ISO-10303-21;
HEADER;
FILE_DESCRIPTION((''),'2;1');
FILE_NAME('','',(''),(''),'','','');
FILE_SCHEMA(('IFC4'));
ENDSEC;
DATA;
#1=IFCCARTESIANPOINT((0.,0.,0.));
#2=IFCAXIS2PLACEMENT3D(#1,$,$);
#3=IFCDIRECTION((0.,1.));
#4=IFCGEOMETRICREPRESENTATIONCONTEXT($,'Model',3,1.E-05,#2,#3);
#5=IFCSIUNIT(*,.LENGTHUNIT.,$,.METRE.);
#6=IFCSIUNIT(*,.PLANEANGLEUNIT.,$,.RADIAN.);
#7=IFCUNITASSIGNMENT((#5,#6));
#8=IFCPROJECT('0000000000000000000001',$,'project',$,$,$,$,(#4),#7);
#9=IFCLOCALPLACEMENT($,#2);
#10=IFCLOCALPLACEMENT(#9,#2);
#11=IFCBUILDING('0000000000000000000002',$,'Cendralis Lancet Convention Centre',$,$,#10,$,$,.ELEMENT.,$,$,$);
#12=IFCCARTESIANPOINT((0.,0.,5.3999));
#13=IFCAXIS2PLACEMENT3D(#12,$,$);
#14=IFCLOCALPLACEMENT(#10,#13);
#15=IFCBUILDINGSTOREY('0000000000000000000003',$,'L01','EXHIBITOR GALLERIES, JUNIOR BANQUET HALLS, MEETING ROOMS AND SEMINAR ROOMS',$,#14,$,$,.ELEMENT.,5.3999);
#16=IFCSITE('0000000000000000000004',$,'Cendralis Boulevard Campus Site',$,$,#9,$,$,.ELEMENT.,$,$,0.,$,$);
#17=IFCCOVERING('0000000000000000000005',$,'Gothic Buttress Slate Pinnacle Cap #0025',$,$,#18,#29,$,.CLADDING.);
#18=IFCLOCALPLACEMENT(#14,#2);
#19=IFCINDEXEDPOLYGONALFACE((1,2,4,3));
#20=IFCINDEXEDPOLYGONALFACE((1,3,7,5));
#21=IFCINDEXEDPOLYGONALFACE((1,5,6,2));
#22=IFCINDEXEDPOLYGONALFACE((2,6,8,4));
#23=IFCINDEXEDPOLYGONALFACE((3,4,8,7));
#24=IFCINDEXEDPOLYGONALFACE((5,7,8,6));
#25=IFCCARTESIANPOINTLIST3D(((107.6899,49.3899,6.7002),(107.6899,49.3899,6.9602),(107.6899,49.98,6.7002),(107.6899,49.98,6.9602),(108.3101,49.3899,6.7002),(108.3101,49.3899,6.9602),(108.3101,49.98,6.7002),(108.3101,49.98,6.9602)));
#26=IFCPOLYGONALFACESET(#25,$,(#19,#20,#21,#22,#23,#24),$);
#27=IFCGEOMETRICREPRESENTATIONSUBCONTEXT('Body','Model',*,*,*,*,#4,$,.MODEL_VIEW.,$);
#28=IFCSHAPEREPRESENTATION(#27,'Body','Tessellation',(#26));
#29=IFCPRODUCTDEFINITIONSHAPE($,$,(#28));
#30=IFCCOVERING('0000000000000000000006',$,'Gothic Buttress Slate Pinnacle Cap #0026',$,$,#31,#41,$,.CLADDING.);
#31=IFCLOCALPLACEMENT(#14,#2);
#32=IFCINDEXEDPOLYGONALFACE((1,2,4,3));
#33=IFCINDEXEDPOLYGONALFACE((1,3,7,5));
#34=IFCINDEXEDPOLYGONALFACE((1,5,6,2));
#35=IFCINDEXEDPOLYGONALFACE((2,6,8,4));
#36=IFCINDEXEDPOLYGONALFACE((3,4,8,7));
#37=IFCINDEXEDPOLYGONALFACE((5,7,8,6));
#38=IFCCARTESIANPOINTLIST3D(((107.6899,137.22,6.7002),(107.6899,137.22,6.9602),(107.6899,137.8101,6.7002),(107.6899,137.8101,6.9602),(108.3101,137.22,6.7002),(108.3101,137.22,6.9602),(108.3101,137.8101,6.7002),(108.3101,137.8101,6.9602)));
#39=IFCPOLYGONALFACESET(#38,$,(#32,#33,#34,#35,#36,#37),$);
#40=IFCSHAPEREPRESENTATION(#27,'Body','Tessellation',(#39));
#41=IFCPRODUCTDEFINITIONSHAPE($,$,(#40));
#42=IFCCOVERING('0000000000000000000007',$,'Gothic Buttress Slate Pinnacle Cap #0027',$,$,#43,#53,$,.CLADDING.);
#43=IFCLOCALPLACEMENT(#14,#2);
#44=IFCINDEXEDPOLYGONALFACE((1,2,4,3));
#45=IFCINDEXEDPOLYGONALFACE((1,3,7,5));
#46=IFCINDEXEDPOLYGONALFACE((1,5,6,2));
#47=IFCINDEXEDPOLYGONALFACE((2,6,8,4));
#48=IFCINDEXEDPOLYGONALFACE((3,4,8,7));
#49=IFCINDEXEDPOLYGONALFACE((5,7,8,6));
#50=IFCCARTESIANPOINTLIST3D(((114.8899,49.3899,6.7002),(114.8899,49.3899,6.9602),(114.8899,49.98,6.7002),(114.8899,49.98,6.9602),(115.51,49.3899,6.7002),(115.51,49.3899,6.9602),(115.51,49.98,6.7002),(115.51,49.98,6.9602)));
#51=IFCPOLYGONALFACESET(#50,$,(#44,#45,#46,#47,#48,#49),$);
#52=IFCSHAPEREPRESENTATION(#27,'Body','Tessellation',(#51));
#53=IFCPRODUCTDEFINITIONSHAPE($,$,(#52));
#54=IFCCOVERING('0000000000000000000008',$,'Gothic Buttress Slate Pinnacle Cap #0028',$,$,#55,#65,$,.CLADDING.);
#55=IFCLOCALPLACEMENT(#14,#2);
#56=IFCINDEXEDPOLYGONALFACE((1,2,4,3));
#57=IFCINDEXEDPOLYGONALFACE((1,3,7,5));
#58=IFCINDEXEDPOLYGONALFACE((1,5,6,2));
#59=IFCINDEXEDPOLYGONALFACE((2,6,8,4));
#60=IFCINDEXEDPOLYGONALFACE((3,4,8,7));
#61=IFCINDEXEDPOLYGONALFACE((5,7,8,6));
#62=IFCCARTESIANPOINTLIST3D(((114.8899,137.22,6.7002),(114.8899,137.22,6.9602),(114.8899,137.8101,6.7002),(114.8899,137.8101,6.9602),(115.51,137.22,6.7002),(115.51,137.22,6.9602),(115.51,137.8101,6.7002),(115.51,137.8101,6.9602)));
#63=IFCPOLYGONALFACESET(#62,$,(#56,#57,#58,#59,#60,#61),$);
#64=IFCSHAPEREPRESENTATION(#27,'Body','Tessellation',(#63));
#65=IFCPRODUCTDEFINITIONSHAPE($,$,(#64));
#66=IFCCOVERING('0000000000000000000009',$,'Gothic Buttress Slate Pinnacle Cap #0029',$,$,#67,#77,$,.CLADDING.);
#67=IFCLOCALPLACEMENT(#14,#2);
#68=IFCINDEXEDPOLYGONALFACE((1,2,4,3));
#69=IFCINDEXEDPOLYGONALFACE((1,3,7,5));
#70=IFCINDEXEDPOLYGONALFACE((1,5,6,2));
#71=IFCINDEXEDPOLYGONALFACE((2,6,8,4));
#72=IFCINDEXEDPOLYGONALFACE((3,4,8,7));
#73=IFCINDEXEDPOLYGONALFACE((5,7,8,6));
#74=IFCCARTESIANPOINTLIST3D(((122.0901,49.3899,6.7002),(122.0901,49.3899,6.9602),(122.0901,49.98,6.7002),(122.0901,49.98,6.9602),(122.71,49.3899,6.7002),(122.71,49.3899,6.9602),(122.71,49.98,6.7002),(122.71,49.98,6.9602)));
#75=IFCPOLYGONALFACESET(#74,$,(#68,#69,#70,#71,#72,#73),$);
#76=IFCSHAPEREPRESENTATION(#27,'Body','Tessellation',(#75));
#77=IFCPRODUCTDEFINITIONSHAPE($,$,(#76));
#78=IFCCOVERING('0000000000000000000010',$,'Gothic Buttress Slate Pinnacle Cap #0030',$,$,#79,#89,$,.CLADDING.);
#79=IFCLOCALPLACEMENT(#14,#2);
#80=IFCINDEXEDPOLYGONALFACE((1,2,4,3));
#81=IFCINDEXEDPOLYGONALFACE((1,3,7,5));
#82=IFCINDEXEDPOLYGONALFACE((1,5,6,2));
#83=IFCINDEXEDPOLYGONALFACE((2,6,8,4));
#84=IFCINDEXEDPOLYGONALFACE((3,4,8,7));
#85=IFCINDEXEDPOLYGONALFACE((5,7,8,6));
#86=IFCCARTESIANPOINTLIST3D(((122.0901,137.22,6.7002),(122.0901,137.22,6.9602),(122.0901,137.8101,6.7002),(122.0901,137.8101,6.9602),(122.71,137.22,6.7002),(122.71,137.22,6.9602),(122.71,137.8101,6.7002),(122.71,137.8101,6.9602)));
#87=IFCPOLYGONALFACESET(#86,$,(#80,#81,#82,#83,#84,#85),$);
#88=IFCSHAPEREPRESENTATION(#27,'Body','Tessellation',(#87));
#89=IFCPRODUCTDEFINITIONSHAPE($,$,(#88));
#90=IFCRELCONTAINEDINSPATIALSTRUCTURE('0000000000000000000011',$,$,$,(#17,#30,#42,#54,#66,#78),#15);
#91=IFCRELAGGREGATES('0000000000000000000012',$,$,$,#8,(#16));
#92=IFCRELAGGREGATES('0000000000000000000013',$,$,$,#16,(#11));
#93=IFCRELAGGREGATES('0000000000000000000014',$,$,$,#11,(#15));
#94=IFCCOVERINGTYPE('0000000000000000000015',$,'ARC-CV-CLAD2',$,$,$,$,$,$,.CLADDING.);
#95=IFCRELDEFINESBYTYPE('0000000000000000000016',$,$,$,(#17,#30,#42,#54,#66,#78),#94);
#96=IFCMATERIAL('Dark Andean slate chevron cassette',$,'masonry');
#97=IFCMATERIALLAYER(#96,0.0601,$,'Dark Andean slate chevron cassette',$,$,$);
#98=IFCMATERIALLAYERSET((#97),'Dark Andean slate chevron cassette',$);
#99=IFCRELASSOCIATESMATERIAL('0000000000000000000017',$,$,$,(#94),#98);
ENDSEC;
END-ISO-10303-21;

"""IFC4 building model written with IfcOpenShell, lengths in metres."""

from ifc_helpers import new_model, si_unit, direction, frame, origin, place, context, subcontext, project, spatial, polyline, outline, extrude, material, layer, layer_set, type_object, element, save


model = new_model("IFC4")

# Units and contexts
model_context = context("Model", 3, precision=1e-05, world=origin(), true_north=direction((0.0, 1.0)))
body_context = subcontext(model_context, "Body", "Model", "MODEL_VIEW")
ifc_project = project(units=[si_unit("LENGTHUNIT", "METRE"), si_unit("PLANEANGLEUNIT", "RADIAN")], contexts=[model_context])

# Site, building, storey
site_placement = place(None, origin())
site = spatial("IfcSite", under=ifc_project, at=site_placement, Name="Cendralis Boulevard Campus Site", CompositionType="ELEMENT", RefElevation=0.0)
building_placement = place(site_placement, origin())
building = spatial("IfcBuilding", under=site, at=building_placement, Name="Cendralis Lancet Convention Centre", CompositionType="ELEMENT")
storey_placement = place(building_placement, frame((0.0, 0.0, 5.3999)))
storey = spatial("IfcBuildingStorey", under=building, at=storey_placement, Name="L01", Description="EXHIBITOR GALLERIES, JUNIOR BANQUET HALLS, MEETING ROOMS AND SEMINAR ROOMS", CompositionType="ELEMENT", Elevation=5.3999)

# Coverings
ifc_material = material(Name="Dark Andean slate chevron cassette", Category="masonry")
ifc_layer = layer(ifc_material, 0.0601, Name="Dark Andean slate chevron cassette")
ifc_layer_set = layer_set([ifc_layer], Name="Dark Andean slate chevron cassette")
covering_type = type_object("IfcCoveringType", Name="ARC-CV-CLAD2", PredefinedType="CLADDING", material=ifc_layer_set)
covering_1_placement = place(storey_placement, frame((0.0, 0.0, 6.7002)))
element("IfcCovering", 1, at=covering_1_placement, inside=storey, type_object=covering_type, Name="Gothic Buttress Slate Pinnacle Cap #0025", PredefinedType="CLADDING", context=body_context, shape_type="SweptSolid", body=[
    extrude(outline(polyline([(107.6899, 49.3899), (108.3101, 49.3899), (108.3101, 49.98), (107.6899, 49.98), (107.6899, 49.3899)])), origin(), (0.0, 0.0, 1.0), 0.26),
])
covering_2_placement = place(storey_placement, frame((0.0, 0.0, 6.7002)))
element("IfcCovering", 2, at=covering_2_placement, inside=storey, type_object=covering_type, Name="Gothic Buttress Slate Pinnacle Cap #0026", PredefinedType="CLADDING", context=body_context, shape_type="SweptSolid", body=[
    extrude(outline(polyline([(108.3101, 137.8101), (107.6899, 137.8101), (107.6899, 137.22), (108.3101, 137.22), (108.3101, 137.8101)])), origin(), (0.0, 0.0, 1.0), 0.26),
])
covering_3_placement = place(storey_placement, frame((0.0, 0.0, 6.7002)))
element("IfcCovering", 3, at=covering_3_placement, inside=storey, type_object=covering_type, Name="Gothic Buttress Slate Pinnacle Cap #0027", PredefinedType="CLADDING", context=body_context, shape_type="SweptSolid", body=[
    extrude(outline(polyline([(114.8899, 49.3899), (115.51, 49.3899), (115.51, 49.98), (114.8899, 49.98), (114.8899, 49.3899)])), origin(), (0.0, 0.0, 1.0), 0.26),
])
covering_4_placement = place(storey_placement, frame((0.0, 0.0, 6.7002)))
element("IfcCovering", 4, at=covering_4_placement, inside=storey, type_object=covering_type, Name="Gothic Buttress Slate Pinnacle Cap #0028", PredefinedType="CLADDING", context=body_context, shape_type="SweptSolid", body=[
    extrude(outline(polyline([(115.51, 137.8101), (114.8899, 137.8101), (114.8899, 137.22), (115.51, 137.22), (115.51, 137.8101)])), origin(), (0.0, 0.0, 1.0), 0.26),
])
covering_5_placement = place(storey_placement, frame((0.0, 0.0, 6.7002)))
element("IfcCovering", 5, at=covering_5_placement, inside=storey, type_object=covering_type, Name="Gothic Buttress Slate Pinnacle Cap #0029", PredefinedType="CLADDING", context=body_context, shape_type="SweptSolid", body=[
    extrude(outline(polyline([(122.0901, 49.3899), (122.71, 49.3899), (122.71, 49.98), (122.0901, 49.98), (122.0901, 49.3899)])), origin(), (0.0, 0.0, 1.0), 0.26),
])
covering_6_placement = place(storey_placement, frame((0.0, 0.0, 6.7002)))
element("IfcCovering", 6, at=covering_6_placement, inside=storey, type_object=covering_type, Name="Gothic Buttress Slate Pinnacle Cap #0030", PredefinedType="CLADDING", context=body_context, shape_type="SweptSolid", body=[
    extrude(outline(polyline([(122.71, 137.8101), (122.0901, 137.8101), (122.0901, 137.22), (122.71, 137.22), (122.71, 137.8101)])), origin(), (0.0, 0.0, 1.0), 0.26),
])

save(model, "model.ifc")
